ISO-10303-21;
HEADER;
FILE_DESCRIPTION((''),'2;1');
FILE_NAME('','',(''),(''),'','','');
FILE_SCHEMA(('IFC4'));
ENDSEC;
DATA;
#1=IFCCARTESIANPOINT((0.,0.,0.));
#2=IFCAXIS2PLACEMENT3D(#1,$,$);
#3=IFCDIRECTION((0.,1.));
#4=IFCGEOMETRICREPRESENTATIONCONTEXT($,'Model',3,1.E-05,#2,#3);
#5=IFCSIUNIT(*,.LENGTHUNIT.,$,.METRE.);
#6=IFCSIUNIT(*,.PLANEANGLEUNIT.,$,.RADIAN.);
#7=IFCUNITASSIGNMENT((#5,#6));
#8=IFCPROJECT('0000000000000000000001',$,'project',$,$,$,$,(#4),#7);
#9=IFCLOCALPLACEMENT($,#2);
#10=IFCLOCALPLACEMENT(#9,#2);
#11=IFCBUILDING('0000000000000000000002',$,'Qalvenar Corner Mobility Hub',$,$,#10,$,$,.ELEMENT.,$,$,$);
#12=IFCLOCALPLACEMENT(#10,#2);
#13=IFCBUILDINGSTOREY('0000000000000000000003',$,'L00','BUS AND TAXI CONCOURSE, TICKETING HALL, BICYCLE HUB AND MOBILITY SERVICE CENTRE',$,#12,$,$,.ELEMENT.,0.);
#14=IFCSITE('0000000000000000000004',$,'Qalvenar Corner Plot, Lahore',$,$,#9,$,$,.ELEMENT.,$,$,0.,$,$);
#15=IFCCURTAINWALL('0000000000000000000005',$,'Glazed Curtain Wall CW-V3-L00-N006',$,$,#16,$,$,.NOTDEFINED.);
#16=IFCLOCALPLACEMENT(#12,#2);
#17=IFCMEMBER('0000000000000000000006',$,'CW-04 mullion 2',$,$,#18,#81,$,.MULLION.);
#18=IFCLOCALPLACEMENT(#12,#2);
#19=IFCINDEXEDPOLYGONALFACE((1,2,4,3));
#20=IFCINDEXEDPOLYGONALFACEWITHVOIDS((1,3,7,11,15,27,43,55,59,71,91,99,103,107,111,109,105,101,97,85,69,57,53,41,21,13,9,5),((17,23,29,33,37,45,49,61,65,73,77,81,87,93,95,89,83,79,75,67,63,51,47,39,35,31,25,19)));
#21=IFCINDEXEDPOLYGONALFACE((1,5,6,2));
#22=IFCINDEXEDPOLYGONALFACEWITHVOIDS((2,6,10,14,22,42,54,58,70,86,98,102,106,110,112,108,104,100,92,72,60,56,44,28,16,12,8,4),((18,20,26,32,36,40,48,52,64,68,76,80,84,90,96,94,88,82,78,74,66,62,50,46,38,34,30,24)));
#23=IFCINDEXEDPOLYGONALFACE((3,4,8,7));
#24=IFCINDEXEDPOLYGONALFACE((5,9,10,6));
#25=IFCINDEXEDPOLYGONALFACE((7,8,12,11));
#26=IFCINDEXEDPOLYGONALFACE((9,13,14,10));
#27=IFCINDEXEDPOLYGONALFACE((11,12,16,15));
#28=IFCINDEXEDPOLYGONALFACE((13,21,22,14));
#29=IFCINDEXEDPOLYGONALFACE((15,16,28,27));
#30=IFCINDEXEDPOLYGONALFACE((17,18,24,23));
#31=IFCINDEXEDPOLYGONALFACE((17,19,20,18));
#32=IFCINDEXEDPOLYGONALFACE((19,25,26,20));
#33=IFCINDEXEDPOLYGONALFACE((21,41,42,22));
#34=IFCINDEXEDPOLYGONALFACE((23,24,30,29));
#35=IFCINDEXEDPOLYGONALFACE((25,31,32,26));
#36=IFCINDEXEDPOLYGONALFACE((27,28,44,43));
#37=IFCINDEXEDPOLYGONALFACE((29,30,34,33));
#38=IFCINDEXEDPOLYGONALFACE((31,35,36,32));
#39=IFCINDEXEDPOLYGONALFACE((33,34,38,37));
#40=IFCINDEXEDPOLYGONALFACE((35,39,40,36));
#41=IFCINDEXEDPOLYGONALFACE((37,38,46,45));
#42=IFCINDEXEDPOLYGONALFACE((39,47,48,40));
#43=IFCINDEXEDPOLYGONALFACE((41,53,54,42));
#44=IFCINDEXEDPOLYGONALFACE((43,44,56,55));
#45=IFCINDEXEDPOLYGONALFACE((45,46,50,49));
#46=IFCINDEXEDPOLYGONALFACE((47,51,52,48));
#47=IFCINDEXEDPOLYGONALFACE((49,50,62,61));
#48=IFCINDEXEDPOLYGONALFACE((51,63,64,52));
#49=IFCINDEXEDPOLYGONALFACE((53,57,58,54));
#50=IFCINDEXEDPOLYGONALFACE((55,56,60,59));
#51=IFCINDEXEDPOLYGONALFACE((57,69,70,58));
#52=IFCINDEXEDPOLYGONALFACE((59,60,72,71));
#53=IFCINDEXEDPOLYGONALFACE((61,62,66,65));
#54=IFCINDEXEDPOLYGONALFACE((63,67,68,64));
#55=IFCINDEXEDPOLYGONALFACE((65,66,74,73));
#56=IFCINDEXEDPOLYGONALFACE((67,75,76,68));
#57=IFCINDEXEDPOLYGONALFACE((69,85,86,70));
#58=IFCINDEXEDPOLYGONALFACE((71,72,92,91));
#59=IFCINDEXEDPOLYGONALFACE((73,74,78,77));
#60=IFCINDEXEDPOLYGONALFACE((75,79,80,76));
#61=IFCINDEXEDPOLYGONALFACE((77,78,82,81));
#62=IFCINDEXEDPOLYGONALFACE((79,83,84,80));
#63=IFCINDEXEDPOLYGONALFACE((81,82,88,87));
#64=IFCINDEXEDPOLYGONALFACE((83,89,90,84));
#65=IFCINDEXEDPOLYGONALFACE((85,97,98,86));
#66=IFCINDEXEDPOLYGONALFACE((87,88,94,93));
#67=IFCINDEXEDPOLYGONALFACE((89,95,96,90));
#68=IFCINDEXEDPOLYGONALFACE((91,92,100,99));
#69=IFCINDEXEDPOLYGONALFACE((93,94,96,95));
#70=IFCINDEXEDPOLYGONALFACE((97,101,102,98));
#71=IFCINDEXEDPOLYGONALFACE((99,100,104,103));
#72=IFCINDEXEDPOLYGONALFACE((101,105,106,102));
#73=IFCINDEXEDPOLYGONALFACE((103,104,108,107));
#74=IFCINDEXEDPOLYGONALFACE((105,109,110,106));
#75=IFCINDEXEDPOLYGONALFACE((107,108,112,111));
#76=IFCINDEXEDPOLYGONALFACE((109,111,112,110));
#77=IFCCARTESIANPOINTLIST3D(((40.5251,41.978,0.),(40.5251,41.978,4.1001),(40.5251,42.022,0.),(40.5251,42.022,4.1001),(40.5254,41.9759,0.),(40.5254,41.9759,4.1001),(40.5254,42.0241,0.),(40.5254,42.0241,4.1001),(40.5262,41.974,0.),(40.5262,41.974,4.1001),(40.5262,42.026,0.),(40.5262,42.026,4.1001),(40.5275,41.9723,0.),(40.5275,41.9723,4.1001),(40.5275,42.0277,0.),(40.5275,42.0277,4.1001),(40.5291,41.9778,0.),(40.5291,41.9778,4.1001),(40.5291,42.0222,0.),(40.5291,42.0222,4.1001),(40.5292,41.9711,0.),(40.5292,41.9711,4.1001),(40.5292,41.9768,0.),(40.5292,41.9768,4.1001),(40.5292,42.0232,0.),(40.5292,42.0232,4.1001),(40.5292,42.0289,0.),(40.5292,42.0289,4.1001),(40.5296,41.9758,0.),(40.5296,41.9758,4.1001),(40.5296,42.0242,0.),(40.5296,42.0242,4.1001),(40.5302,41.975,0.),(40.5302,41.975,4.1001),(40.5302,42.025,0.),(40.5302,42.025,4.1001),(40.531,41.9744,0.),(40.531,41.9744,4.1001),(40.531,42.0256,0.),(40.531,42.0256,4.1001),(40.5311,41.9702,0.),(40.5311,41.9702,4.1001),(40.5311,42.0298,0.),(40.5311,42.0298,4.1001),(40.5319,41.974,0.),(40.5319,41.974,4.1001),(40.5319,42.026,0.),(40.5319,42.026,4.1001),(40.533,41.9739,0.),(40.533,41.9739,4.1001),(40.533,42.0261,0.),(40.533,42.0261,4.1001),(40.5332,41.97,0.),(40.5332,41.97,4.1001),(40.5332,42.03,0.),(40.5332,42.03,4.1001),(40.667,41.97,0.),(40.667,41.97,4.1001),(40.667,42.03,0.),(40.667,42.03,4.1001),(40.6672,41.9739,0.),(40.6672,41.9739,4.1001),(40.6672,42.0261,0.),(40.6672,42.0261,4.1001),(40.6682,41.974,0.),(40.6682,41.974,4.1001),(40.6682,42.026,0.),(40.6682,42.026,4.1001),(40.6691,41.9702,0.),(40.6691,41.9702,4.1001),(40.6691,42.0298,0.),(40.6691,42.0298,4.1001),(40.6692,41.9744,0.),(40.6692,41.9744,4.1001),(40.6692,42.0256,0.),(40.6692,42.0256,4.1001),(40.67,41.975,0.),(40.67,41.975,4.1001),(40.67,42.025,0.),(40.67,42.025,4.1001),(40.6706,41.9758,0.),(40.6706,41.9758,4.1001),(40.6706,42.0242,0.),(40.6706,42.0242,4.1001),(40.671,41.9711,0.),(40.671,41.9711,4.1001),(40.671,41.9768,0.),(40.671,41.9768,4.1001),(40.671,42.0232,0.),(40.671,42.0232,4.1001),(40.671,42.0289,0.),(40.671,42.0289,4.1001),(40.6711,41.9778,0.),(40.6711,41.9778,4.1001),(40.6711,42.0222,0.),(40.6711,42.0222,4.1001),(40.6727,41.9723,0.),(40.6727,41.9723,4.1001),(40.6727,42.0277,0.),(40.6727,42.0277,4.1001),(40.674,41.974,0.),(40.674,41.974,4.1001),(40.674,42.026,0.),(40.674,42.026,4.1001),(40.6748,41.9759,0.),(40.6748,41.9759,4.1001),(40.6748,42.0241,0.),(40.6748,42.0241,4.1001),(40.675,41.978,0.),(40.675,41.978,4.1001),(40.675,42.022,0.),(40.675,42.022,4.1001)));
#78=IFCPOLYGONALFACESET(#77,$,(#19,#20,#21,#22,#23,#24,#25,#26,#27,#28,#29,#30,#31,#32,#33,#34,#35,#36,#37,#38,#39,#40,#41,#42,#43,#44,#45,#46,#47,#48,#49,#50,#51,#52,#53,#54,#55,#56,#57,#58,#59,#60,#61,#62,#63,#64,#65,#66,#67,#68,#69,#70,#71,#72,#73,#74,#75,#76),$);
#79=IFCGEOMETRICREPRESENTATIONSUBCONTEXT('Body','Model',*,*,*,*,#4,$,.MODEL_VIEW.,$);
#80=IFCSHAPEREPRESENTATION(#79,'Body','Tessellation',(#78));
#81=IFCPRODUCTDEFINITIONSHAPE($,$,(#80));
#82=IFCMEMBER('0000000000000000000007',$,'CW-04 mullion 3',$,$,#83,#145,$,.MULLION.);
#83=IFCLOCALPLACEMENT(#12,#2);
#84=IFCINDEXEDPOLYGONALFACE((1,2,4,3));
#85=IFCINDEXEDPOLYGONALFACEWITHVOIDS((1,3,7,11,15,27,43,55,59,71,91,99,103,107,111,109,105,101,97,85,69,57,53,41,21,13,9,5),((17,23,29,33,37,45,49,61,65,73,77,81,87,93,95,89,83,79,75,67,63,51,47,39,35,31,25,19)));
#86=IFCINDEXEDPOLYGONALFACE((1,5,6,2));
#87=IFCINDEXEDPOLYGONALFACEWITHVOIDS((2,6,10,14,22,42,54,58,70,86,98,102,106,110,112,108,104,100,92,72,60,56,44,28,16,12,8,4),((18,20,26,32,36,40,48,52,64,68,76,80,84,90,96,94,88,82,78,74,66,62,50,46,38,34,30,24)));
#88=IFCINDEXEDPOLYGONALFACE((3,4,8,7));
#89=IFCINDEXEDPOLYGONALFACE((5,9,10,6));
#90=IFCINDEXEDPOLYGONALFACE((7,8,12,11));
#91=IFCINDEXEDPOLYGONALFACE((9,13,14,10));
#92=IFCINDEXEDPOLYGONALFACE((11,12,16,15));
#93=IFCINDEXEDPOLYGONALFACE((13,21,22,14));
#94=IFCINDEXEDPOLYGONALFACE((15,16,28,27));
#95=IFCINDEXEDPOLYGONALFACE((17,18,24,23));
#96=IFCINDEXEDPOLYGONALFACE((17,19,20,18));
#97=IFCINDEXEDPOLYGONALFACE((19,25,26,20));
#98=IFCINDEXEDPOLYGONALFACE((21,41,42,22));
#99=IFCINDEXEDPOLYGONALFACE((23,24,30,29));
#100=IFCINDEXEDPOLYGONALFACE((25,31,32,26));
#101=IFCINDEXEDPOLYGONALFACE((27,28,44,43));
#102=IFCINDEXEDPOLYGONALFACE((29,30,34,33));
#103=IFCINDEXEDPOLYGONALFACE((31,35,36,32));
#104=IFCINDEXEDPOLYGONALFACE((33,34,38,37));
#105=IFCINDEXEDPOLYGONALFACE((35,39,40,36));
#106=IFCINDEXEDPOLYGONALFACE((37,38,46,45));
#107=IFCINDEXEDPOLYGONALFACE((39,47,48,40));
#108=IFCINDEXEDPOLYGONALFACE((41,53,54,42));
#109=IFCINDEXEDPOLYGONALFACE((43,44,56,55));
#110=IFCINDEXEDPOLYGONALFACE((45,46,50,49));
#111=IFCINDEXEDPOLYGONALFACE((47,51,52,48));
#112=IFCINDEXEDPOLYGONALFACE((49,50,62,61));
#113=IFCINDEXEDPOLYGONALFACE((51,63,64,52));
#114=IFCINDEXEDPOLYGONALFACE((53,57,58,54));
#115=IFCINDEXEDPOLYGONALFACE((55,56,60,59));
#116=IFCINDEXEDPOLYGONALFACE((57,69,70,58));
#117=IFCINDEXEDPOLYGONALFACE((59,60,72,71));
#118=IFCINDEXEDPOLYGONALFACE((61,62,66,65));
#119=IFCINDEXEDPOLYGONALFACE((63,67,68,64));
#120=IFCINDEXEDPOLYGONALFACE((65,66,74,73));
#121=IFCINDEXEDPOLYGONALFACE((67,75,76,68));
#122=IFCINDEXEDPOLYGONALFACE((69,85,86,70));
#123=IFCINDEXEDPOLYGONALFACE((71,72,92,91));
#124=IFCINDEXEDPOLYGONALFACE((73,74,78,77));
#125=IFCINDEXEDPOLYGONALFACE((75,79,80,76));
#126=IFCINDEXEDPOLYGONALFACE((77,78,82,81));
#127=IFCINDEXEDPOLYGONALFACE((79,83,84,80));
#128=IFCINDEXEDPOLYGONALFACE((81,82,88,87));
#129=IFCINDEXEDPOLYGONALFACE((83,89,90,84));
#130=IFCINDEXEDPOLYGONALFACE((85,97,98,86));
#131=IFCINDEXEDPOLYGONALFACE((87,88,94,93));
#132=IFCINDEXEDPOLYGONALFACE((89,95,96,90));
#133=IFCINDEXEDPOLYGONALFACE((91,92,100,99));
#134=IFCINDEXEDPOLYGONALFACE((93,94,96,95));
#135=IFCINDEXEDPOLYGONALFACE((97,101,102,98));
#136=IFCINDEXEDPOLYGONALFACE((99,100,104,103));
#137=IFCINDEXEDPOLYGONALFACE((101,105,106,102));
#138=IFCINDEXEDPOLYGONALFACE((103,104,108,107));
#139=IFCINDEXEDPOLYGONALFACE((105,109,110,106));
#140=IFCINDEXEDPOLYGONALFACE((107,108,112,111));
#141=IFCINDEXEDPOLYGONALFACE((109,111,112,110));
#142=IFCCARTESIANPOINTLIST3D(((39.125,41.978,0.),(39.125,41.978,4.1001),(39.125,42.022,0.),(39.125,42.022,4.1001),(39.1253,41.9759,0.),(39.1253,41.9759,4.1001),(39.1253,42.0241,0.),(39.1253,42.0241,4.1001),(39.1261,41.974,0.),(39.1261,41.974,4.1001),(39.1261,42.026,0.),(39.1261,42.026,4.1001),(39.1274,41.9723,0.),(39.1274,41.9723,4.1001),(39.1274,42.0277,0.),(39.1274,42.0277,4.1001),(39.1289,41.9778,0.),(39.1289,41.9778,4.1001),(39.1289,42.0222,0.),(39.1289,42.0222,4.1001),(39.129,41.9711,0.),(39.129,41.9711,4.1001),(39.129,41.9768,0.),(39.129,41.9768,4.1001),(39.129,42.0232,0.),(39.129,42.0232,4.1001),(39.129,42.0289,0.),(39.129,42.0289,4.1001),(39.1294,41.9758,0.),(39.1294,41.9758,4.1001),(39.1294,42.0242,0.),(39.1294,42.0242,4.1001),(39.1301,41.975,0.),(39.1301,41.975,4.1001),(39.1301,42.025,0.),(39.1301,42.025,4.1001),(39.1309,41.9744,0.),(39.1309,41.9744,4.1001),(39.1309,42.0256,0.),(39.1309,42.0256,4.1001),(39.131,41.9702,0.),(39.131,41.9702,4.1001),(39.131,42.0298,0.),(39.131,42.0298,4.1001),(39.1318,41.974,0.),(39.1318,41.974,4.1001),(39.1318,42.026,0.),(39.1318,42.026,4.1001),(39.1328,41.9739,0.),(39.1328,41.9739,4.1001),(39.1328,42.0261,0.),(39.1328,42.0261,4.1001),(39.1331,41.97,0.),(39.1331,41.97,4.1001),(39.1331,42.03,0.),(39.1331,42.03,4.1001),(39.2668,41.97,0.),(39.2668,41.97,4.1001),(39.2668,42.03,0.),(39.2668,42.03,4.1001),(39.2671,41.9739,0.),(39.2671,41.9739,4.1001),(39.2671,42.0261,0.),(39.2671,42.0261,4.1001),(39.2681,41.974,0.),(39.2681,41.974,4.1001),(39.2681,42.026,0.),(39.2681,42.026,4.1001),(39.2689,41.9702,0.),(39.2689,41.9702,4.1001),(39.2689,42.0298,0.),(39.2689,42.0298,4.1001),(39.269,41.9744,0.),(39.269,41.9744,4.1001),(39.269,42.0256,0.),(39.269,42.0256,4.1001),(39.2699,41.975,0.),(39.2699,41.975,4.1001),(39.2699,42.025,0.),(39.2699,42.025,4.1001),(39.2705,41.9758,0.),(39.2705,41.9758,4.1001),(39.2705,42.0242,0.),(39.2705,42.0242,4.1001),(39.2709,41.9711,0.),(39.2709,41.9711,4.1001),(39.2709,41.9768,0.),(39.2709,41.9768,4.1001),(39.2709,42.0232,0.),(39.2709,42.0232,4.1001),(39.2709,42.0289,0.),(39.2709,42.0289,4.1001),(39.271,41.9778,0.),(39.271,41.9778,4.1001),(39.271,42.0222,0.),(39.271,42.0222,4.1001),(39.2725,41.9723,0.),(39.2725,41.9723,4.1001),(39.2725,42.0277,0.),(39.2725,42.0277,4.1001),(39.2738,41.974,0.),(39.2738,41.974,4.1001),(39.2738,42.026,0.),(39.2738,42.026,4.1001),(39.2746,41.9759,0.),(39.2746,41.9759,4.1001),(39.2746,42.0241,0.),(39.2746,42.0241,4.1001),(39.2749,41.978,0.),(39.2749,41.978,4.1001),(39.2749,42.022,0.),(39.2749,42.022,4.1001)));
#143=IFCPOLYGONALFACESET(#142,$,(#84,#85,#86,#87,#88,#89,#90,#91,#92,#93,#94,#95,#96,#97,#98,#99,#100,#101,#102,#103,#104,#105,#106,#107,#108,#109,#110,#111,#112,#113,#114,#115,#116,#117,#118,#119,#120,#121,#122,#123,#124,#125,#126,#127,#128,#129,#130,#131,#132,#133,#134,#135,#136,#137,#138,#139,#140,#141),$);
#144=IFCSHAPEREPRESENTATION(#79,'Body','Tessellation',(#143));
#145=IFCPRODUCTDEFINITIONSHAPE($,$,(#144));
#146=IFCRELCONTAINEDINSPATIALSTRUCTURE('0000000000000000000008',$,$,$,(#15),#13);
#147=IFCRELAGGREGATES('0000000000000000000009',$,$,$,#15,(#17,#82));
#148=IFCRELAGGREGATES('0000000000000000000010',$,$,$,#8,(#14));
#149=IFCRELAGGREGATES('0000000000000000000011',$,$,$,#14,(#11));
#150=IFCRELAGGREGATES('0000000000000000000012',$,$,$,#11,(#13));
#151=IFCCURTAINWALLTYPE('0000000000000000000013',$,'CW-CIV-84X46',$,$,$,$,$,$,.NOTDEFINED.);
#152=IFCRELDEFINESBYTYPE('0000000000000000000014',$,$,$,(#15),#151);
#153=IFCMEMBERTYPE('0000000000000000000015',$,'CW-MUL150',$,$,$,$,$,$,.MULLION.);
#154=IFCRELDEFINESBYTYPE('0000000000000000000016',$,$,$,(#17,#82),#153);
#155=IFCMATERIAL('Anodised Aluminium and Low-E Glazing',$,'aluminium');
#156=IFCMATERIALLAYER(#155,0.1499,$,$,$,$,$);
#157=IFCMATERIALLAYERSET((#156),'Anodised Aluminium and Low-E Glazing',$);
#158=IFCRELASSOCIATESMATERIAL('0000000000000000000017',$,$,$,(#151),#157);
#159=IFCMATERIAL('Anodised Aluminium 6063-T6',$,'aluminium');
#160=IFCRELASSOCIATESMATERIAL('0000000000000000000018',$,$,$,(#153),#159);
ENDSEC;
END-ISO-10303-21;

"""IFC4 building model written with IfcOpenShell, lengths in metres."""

from ifc_helpers import new_model, si_unit, direction, frame, origin, origin_2d, place, context, subcontext, project, spatial, hollow_rectangle, extrude, material, layer, layer_set, material_profile, profile_set, type_object, element, aggregate, save


model = new_model("IFC4")

# Units and contexts
model_context = context("Model", 3, precision=1e-05, world=origin(), true_north=direction((0.0, 1.0)))
body_context = subcontext(model_context, "Body", "Model", "MODEL_VIEW")
ifc_project = project(units=[si_unit("LENGTHUNIT", "METRE"), si_unit("PLANEANGLEUNIT", "RADIAN")], contexts=[model_context])

# Site, building, storey
site_placement = place(None, origin())
site = spatial("IfcSite", under=ifc_project, at=site_placement, Name="Qalvenar Corner Plot, Lahore", CompositionType="ELEMENT", RefElevation=0.0)
building_placement = place(site_placement, origin())
building = spatial("IfcBuilding", under=site, at=building_placement, Name="Qalvenar Corner Mobility Hub", CompositionType="ELEMENT")
storey_placement = place(building_placement, origin())
storey = spatial("IfcBuildingStorey", under=building, at=storey_placement, Name="L00", Description="BUS AND TAXI CONCOURSE, TICKETING HALL, BICYCLE HUB AND MOBILITY SERVICE CENTRE", CompositionType="ELEMENT", Elevation=0.0)

# Curtain wall, members
ifc_material_1 = material(Name="Anodised Aluminium and Low-E Glazing", Category="aluminium")
ifc_layer_1 = layer(ifc_material_1, 0.1499)
ifc_layer_set_1 = layer_set([ifc_layer_1], Name="Anodised Aluminium and Low-E Glazing")
curtain_wall_type = type_object("IfcCurtainWallType", Name="CW-CIV-84X46", PredefinedType="NOTDEFINED", material=ifc_layer_set_1)
curtain_wall_placement = place(storey_placement, origin())
curtain_wall = element("IfcCurtainWall", 1, at=curtain_wall_placement, inside=storey, type_object=curtain_wall_type, Name="Glazed Curtain Wall CW-V3-L00-N006", PredefinedType="NOTDEFINED")
ifc_material_2 = material(Name="Anodised Aluminium 6063-T6", Category="aluminium")
ifc_material_profile_1 = material_profile(ifc_material_2, hollow_rectangle(XDim=0.0601, YDim=0.1499, WallThickness=0.0039, InnerFilletRadius=0.0039, OuterFilletRadius=0.0081, at=origin_2d()), Name="RHS150x60x4")
ifc_profile_set_1 = profile_set([ifc_material_profile_1], Name="Anodised Aluminium 6063-T6")
member_type_1 = type_object("IfcMemberType", Name="CW-MUL150", PredefinedType="MULLION", material=ifc_profile_set_1)
member_1_placement = place(storey_placement, frame((40.6001, 42.0, 0.0), z_axis=(0.0, 0.0, 1.0), x_axis=(0.0, -1.0, 0.0)))
member_1 = element("IfcMember", 2, at=member_1_placement, type_object=member_type_1, Name="CW-04 mullion 2", PredefinedType="MULLION", context=body_context, shape_type="SweptSolid", body=[
    extrude(hollow_rectangle(XDim=0.0601, YDim=0.1499, WallThickness=0.0039, InnerFilletRadius=0.0039, OuterFilletRadius=0.0081, at=origin_2d()), origin(), (0.0, 0.0, 1.0), 4.1001),
])
member_2_placement = place(storey_placement, frame((39.2, 42.0, 0.0), z_axis=(0.0, 0.0, 1.0), x_axis=(0.0, -1.0, 0.0)))
member_2 = element("IfcMember", 3, at=member_2_placement, type_object=member_type_1, Name="CW-04 mullion 3", PredefinedType="MULLION", context=body_context, shape_type="SweptSolid", body=[
    extrude(hollow_rectangle(XDim=0.0601, YDim=0.1499, WallThickness=0.0039, InnerFilletRadius=0.0039, OuterFilletRadius=0.0081, at=origin_2d()), origin(), (0.0, 0.0, 1.0), 4.1001),
])
aggregate(curtain_wall, [member_1, member_2])

save(model, "model.ifc")
